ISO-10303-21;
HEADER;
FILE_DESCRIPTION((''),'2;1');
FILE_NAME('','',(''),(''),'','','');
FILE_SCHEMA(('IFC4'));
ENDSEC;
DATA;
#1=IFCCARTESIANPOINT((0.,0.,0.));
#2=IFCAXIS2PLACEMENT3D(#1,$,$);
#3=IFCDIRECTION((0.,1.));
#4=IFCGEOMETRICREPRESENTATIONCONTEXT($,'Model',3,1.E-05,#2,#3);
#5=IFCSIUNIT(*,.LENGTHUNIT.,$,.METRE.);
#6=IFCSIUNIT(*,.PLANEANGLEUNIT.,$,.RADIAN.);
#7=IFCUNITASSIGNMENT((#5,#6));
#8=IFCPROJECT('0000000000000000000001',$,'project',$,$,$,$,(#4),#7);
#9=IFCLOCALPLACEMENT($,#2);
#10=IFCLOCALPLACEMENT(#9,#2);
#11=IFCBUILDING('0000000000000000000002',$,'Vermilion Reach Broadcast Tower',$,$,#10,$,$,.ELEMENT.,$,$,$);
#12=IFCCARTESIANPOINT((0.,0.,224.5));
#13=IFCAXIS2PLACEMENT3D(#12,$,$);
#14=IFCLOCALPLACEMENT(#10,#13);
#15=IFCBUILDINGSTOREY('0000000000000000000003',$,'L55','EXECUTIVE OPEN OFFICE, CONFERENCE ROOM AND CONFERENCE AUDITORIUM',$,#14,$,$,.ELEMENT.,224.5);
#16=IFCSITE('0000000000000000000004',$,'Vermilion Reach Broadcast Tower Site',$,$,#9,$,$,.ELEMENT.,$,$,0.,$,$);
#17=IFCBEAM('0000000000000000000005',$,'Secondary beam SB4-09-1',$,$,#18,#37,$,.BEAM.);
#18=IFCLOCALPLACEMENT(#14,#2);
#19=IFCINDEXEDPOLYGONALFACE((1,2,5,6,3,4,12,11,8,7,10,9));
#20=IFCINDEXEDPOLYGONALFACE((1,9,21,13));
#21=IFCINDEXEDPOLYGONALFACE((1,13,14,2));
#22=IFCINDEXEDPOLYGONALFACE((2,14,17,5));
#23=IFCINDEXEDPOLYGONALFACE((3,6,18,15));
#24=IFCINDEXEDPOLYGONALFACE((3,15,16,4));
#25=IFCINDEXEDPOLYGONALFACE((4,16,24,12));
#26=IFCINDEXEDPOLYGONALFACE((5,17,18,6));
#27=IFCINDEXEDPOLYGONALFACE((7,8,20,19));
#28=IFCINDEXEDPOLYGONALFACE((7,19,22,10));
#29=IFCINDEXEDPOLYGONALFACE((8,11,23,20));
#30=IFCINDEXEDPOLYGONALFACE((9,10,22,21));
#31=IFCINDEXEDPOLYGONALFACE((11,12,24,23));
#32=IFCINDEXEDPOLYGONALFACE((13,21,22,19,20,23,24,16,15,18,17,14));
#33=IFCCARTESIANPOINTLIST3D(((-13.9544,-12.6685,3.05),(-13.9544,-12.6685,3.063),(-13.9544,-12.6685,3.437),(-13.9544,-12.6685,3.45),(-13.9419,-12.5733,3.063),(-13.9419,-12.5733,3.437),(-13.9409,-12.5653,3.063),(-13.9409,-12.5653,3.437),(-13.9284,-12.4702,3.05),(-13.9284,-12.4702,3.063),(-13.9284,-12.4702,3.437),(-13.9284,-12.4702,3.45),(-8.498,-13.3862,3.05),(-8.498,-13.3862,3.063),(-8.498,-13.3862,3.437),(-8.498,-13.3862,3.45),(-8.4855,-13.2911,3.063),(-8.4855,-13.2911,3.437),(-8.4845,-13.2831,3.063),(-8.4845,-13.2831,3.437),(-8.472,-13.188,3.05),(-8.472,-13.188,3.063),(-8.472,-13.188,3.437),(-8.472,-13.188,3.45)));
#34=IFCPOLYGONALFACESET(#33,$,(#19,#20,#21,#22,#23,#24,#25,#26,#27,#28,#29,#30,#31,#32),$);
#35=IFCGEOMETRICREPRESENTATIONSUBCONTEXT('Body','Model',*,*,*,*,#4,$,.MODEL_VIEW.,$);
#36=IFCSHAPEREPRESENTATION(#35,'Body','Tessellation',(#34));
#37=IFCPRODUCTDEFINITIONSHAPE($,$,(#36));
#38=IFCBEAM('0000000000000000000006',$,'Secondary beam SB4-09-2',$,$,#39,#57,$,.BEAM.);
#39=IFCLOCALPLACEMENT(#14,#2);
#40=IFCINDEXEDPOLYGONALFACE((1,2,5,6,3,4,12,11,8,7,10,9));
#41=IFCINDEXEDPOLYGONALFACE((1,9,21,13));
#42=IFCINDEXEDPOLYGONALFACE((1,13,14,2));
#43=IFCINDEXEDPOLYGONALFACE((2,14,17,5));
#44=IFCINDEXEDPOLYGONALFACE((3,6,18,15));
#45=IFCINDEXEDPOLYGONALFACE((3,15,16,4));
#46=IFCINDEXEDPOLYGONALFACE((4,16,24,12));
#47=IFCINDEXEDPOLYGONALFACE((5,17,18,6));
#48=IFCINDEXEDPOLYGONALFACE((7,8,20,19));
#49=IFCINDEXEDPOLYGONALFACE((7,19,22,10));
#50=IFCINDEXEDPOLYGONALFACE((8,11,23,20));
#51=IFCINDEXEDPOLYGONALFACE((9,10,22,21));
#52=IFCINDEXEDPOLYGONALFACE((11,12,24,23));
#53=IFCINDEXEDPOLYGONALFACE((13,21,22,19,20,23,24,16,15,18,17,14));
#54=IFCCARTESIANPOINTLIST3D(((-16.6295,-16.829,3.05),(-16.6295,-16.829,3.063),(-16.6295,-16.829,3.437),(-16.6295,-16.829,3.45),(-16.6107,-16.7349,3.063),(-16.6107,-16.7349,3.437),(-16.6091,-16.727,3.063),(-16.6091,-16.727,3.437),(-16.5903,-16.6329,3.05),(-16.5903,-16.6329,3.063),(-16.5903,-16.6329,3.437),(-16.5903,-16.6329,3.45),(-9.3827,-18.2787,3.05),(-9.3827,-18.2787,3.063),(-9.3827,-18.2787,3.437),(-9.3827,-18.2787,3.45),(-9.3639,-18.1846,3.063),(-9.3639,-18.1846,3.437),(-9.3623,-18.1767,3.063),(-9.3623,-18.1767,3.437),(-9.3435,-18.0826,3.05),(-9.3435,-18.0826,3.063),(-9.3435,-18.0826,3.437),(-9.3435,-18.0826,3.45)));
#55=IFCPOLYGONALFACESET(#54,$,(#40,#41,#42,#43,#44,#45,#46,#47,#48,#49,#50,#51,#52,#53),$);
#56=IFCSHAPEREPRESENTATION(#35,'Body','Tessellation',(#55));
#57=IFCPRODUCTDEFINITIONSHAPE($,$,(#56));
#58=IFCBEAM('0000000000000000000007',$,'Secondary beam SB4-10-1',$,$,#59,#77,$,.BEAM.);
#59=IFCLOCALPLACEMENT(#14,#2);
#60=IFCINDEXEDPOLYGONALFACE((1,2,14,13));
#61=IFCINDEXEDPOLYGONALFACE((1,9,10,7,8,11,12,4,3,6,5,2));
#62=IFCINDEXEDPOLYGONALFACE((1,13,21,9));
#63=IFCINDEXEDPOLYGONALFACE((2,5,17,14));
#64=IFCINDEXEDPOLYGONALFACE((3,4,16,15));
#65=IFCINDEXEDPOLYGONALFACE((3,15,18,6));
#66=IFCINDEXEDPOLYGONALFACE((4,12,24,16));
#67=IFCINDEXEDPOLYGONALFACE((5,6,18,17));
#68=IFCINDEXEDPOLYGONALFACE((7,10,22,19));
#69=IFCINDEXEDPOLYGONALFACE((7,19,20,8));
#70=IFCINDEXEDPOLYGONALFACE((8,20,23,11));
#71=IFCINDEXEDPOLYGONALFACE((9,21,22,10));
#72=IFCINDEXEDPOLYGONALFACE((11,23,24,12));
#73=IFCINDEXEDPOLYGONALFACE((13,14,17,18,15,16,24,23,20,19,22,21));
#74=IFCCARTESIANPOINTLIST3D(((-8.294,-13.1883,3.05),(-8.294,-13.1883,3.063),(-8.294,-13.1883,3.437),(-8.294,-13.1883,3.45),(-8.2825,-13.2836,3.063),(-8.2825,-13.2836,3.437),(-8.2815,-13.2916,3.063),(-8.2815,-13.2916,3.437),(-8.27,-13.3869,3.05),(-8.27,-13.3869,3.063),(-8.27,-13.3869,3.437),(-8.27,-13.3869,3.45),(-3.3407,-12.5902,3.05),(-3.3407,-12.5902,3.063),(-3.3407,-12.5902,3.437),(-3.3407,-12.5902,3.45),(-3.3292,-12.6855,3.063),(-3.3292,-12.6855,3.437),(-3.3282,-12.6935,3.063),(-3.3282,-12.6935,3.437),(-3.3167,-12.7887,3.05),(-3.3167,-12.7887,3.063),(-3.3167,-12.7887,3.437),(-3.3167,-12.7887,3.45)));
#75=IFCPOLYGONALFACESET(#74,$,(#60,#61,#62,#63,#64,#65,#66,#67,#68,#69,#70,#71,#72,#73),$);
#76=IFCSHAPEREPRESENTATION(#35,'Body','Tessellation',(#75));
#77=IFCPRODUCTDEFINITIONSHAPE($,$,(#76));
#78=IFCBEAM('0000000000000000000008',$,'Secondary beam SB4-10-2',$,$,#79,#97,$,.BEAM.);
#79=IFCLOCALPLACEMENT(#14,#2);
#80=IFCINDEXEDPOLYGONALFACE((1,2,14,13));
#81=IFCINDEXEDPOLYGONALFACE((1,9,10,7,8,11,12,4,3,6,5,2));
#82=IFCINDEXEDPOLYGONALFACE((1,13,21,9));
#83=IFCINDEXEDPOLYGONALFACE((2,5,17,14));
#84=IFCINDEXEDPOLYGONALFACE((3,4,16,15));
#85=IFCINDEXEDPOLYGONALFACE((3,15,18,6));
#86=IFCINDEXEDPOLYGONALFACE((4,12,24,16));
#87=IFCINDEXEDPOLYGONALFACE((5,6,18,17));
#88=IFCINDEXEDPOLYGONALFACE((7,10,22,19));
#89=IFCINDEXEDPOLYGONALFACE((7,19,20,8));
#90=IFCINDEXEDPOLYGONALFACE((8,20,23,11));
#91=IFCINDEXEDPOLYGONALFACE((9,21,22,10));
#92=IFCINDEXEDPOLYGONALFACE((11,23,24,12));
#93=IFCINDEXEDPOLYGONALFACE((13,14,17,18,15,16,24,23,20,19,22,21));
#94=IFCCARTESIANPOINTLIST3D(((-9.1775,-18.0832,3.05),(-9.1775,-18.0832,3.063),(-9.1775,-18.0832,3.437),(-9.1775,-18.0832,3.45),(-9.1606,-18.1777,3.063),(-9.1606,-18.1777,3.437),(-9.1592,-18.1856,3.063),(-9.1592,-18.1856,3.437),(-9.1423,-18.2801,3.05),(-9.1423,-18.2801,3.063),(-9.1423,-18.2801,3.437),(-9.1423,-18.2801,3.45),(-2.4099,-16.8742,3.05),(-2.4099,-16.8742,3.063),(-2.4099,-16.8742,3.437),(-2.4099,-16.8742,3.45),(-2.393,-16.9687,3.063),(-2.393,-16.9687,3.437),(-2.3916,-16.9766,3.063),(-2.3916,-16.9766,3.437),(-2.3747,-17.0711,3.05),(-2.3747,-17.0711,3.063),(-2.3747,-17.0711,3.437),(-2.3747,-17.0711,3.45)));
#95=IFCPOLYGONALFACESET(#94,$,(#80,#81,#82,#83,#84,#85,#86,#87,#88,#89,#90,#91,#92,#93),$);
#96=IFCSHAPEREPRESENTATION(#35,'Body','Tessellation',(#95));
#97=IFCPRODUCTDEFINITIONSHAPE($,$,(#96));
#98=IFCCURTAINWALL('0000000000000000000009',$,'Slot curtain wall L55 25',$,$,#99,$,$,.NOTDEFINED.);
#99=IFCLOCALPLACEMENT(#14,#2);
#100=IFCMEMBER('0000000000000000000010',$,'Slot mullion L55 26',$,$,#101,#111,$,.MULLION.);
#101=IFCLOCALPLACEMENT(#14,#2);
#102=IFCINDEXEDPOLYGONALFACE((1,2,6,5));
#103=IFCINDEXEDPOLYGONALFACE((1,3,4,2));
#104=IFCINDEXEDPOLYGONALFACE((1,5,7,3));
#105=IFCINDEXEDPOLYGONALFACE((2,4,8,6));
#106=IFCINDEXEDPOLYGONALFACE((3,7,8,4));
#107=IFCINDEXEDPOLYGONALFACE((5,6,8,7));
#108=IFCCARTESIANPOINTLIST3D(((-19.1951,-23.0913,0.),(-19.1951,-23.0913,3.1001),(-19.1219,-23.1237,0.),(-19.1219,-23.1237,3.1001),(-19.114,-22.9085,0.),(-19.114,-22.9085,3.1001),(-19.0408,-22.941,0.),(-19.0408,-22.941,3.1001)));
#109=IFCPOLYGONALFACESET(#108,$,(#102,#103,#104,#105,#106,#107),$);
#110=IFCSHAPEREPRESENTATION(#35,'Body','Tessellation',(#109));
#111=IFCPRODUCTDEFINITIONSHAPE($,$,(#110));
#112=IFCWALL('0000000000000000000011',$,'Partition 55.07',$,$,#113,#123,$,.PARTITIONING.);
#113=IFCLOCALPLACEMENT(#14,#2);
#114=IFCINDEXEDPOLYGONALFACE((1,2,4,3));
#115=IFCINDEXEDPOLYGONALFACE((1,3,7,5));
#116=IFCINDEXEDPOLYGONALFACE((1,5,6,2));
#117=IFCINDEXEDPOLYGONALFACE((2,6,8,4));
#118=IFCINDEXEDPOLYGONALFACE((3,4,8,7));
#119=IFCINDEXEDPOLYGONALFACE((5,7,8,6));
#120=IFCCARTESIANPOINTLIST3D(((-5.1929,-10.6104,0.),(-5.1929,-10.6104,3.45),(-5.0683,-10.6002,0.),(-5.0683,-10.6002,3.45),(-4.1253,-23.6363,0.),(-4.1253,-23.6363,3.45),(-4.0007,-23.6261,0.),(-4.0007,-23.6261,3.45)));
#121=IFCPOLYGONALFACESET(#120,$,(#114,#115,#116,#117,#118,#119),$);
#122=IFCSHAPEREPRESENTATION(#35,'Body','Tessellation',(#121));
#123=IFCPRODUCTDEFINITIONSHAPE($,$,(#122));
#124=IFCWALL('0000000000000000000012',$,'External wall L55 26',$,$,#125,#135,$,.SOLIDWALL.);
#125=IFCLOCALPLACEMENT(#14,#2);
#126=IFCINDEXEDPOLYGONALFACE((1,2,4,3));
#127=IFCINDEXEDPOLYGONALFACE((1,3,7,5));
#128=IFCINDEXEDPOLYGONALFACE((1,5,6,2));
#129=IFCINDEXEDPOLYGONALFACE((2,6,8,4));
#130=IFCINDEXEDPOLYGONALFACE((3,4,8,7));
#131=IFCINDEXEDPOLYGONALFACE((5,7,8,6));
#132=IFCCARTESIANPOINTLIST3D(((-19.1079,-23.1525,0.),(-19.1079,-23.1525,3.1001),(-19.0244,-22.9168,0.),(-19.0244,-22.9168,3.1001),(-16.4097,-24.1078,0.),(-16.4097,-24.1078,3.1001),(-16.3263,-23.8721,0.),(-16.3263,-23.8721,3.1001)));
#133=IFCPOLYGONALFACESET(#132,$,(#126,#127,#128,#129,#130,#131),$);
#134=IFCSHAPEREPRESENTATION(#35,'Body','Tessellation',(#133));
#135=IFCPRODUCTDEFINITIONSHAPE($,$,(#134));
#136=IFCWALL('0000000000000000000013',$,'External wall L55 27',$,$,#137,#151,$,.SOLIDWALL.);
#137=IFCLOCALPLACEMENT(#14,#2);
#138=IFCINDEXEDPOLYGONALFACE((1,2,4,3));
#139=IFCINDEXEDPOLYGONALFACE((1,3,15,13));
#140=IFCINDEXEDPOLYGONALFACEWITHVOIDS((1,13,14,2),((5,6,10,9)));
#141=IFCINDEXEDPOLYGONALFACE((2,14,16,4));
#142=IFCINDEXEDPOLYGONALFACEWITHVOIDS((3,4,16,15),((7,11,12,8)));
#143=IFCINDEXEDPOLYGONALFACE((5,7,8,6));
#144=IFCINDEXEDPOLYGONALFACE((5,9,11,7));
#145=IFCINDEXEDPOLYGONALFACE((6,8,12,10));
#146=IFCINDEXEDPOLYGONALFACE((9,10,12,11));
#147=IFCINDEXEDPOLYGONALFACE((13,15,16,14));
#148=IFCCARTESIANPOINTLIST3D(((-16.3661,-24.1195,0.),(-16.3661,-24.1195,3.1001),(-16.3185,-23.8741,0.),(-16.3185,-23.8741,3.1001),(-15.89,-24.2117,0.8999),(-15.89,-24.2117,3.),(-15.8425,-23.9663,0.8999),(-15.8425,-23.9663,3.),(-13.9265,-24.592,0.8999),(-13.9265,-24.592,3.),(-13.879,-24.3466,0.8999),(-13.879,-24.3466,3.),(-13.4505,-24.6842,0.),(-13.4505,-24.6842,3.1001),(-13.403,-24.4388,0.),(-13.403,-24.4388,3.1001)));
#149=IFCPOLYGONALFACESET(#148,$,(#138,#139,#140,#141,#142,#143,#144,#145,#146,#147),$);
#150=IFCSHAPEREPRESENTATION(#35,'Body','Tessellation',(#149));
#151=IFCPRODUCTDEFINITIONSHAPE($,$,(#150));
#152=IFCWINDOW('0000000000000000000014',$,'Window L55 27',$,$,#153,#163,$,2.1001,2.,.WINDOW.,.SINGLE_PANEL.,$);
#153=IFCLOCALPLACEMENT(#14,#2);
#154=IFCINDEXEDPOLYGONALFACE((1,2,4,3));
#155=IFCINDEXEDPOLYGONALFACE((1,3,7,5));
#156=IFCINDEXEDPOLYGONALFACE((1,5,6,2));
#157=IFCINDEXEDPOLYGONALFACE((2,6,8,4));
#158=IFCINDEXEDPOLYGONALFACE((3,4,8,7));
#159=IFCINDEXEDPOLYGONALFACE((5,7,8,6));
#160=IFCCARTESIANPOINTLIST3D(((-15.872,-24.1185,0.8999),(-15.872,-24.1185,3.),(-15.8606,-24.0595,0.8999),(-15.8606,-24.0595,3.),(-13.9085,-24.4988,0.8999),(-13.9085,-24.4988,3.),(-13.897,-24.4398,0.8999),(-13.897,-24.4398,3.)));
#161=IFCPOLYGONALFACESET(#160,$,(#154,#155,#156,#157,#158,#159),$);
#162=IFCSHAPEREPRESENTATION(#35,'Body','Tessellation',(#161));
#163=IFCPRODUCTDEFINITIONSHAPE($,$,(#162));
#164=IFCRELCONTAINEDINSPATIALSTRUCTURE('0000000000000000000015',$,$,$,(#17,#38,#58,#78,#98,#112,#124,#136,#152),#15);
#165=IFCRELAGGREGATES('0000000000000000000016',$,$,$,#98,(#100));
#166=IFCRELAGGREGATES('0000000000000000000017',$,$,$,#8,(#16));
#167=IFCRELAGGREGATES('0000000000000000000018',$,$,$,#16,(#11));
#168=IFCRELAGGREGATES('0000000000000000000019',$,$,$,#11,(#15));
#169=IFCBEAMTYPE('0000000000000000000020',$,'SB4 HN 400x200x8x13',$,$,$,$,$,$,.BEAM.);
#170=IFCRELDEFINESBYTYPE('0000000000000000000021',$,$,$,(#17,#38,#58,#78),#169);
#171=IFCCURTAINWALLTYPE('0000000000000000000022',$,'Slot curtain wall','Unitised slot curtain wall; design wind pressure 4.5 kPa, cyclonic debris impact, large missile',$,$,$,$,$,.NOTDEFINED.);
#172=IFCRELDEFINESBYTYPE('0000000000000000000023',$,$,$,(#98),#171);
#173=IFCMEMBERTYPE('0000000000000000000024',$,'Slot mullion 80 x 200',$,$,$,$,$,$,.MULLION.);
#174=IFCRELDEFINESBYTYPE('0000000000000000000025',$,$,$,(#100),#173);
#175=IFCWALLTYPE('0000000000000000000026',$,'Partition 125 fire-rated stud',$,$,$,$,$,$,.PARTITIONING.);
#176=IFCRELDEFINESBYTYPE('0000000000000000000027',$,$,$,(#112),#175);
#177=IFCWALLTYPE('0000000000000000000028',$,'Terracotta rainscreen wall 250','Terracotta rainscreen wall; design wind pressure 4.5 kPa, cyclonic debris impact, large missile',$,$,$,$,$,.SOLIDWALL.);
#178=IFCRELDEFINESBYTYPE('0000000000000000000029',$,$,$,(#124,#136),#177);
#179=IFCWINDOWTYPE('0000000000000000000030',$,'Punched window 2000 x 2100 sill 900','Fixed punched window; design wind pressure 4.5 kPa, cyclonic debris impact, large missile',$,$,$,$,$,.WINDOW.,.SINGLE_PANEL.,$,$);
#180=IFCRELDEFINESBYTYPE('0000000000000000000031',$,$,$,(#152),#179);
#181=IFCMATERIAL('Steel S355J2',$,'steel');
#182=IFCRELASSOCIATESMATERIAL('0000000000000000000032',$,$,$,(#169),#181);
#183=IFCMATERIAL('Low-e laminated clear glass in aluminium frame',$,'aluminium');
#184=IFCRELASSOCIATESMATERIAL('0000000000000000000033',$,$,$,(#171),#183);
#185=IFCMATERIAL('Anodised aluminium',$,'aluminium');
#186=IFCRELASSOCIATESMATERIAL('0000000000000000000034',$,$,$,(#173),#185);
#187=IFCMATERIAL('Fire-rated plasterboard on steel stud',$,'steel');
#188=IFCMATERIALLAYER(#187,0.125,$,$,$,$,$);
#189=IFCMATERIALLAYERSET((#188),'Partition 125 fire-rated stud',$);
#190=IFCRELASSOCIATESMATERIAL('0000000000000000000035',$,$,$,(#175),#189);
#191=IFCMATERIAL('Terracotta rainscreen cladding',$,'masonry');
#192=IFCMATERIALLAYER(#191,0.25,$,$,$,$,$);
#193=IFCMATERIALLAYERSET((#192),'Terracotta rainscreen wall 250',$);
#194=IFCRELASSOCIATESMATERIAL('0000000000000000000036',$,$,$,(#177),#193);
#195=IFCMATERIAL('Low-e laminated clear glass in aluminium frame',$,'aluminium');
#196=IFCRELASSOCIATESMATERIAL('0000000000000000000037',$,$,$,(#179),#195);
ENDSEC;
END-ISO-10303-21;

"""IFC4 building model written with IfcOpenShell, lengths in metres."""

from ifc_helpers import new_model, si_unit, direction, frame, frame_2d, origin, origin_2d, place, context, subcontext, project, spatial, rectangle, i_section, extrude, material, layer, layer_set, material_profile, profile_set, type_object, element, fill, aggregate, save


model = new_model("IFC4")

# Units and contexts
model_context = context("Model", 3, precision=1e-05, world=origin(), true_north=direction((0.0, 1.0)))
body_context = subcontext(model_context, "Body", "Model", "MODEL_VIEW")
ifc_project = project(units=[si_unit("LENGTHUNIT", "METRE"), si_unit("PLANEANGLEUNIT", "RADIAN")], contexts=[model_context])

# Site, building, storey
site_placement = place(None, origin())
site = spatial("IfcSite", under=ifc_project, at=site_placement, Name="Vermilion Reach Broadcast Tower Site", CompositionType="ELEMENT", RefElevation=0.0)
building_placement = place(site_placement, origin())
building = spatial("IfcBuilding", under=site, at=building_placement, Name="Vermilion Reach Broadcast Tower", CompositionType="ELEMENT")
storey_placement = place(building_placement, frame((0.0, 0.0, 224.5)))
storey = spatial("IfcBuildingStorey", under=building, at=storey_placement, Name="L55", Description="EXECUTIVE OPEN OFFICE, CONFERENCE ROOM AND CONFERENCE AUDITORIUM", CompositionType="ELEMENT", Elevation=224.5)

# Beams
ifc_material_1 = material(Name="Steel S355J2", Category="steel")
ifc_material_profile_1 = material_profile(ifc_material_1, i_section(OverallWidth=0.2, OverallDepth=0.3999, WebThickness=0.0081, FlangeThickness=0.0129, at=origin_2d()), Name="S355J2 HN 400x200x8x13")
ifc_profile_set_1 = profile_set([ifc_material_profile_1], Name="Steel S355J2")
beam_type_1 = type_object("IfcBeamType", Name="SB4 HN 400x200x8x13", PredefinedType="BEAM", material=ifc_profile_set_1)
beam_1_placement = place(storey_placement, frame((-13.9414, -12.5693, 3.25), z_axis=(0.991458, -0.130426, 0.0), x_axis=(0.130426, 0.991458, 0.0)))
element("IfcBeam", 1, at=beam_1_placement, inside=storey, type_object=beam_type_1, Name="Secondary beam SB4-09-1", PredefinedType="BEAM", context=body_context, shape_type="SweptSolid", body=[
    extrude(i_section(OverallWidth=0.2, OverallDepth=0.3999, WebThickness=0.0081, FlangeThickness=0.0129, at=origin_2d()), origin(), (0.0, 0.0, 1.0), 5.5034),
])
beam_2_placement = place(storey_placement, frame((-16.6099, -16.731, 3.25), z_axis=(0.980572, -0.196161, 0.0), x_axis=(0.196161, 0.980572, 0.0)))
element("IfcBeam", 2, at=beam_2_placement, inside=storey, type_object=beam_type_1, Name="Secondary beam SB4-09-2", PredefinedType="BEAM", context=body_context, shape_type="SweptSolid", body=[
    extrude(i_section(OverallWidth=0.2, OverallDepth=0.3999, WebThickness=0.0081, FlangeThickness=0.0129, at=origin_2d()), origin(), (0.0, 0.0, 1.0), 7.3904),
])
beam_3_placement = place(storey_placement, frame((-8.282, -13.2876, 3.25), z_axis=(0.992788, 0.119884, 0.0), x_axis=(-0.119884, 0.992788, 0.0)))
element("IfcBeam", 3, at=beam_3_placement, inside=storey, type_object=beam_type_1, Name="Secondary beam SB4-10-1", PredefinedType="BEAM", context=body_context, shape_type="SweptSolid", body=[
    extrude(i_section(OverallWidth=0.2, OverallDepth=0.3999, WebThickness=0.0081, FlangeThickness=0.0129, at=origin_2d()), origin(), (0.0, 0.0, 1.0), 4.9893),
])
beam_4_placement = place(storey_placement, frame((-9.1599, -18.1816, 3.25), z_axis=(0.984415, 0.175859, 0.0), x_axis=(-0.175859, 0.984415, 0.0)))
element("IfcBeam", 4, at=beam_4_placement, inside=storey, type_object=beam_type_1, Name="Secondary beam SB4-10-2", PredefinedType="BEAM", context=body_context, shape_type="SweptSolid", body=[
    extrude(i_section(OverallWidth=0.2, OverallDepth=0.3999, WebThickness=0.0081, FlangeThickness=0.0129, at=origin_2d()), origin(), (0.0, 0.0, 1.0), 6.8748),
])

# Curtain wall, member
ifc_material_2 = material(Name="Low-e laminated clear glass in aluminium frame", Category="aluminium")
curtain_wall_type = type_object("IfcCurtainWallType", Name="Slot curtain wall", Description="Unitised slot curtain wall; design wind pressure 4.5 kPa, cyclonic debris impact, large missile", PredefinedType="NOTDEFINED", material=ifc_material_2)
curtain_wall_placement = place(storey_placement, origin())
curtain_wall = element("IfcCurtainWall", 5, at=curtain_wall_placement, inside=storey, type_object=curtain_wall_type, Name="Slot curtain wall L55 25", PredefinedType="NOTDEFINED")
ifc_material_3 = material(Name="Anodised aluminium", Category="aluminium")
ifc_material_profile_2 = material_profile(ifc_material_3, rectangle(XDim=0.2, YDim=0.0801, at=origin_2d()), Name="Slot mullion 80 x 200")
ifc_profile_set_2 = profile_set([ifc_material_profile_2], Name="Anodised aluminium")
member_type = type_object("IfcMemberType", Name="Slot mullion 80 x 200", PredefinedType="MULLION", material=ifc_profile_set_2)
member_placement = place(storey_placement, frame((-19.1179, -23.0161, 0.0), z_axis=(0.0, 0.0, 1.0), x_axis=(0.405565, 0.914066, 0.0)))
member = element("IfcMember", 6, at=member_placement, type_object=member_type, Name="Slot mullion L55 26", PredefinedType="MULLION", context=body_context, shape_type="SweptSolid", body=[
    extrude(rectangle(XDim=0.2, YDim=0.0801, at=origin_2d()), origin(), (0.0, 0.0, 1.0), 3.1001),
])
aggregate(curtain_wall, [member])

# Walls
ifc_material_4 = material(Name="Fire-rated plasterboard on steel stud", Category="steel")
ifc_layer_1 = layer(ifc_material_4, 0.125)
ifc_layer_set_1 = layer_set([ifc_layer_1], Name="Partition 125 fire-rated stud")
wall_type_1 = type_object("IfcWallType", Name="Partition 125 fire-rated stud", PredefinedType="PARTITIONING", material=ifc_layer_set_1)
wall_1_placement = place(storey_placement, frame((-4.063, -23.6311, 0.0), z_axis=(0.0, 0.0, 1.0), x_axis=(-0.081688, 0.996658, 0.0)))
element("IfcWall", 7, at=wall_1_placement, inside=storey, type_object=wall_type_1, Name="Partition 55.07", PredefinedType="PARTITIONING", context=body_context, shape_type="SweptSolid", body=[
    extrude(rectangle(XDim=13.0696, YDim=0.125, at=frame_2d((6.5347, 0.0))), origin(), (0.0, 0.0, 1.0), 3.45),
])
ifc_material_5 = material(Name="Terracotta rainscreen cladding", Category="masonry")
ifc_layer_2 = layer(ifc_material_5, 0.25)
ifc_layer_set_2 = layer_set([ifc_layer_2], Name="Terracotta rainscreen wall 250")
wall_type_2 = type_object("IfcWallType", Name="Terracotta rainscreen wall 250", Description="Terracotta rainscreen wall; design wind pressure 4.5 kPa, cyclonic debris impact, large missile", PredefinedType="SOLIDWALL", material=ifc_layer_set_2)
wall_2_placement = place(storey_placement, frame((-19.0662, -23.0347, 0.0), z_axis=(0.0, 0.0, 1.0), x_axis=(0.942661, -0.333752, 0.0)))
element("IfcWall", 8, at=wall_2_placement, inside=storey, type_object=wall_type_2, Name="External wall L55 26", PredefinedType="SOLIDWALL", context=body_context, shape_type="SweptSolid", body=[
    extrude(rectangle(XDim=2.8623, YDim=0.25, at=frame_2d((1.4312, 0.0))), origin(), (0.0, 0.0, 1.0), 3.1001),
])

# Wall, opening, window
wall_3_placement = place(storey_placement, frame((-16.3423, -23.9968, 0.0), z_axis=(0.0, 0.0, 1.0), x_axis=(0.981755, -0.190152, 0.0)))
wall_3 = element("IfcWall", 9, at=wall_3_placement, inside=storey, type_object=wall_type_2, Name="External wall L55 27", PredefinedType="SOLIDWALL", context=body_context, shape_type="SweptSolid", body=[
    extrude(rectangle(XDim=2.9697, YDim=0.25, at=frame_2d((1.4849, 0.0))), origin(), (0.0, 0.0, 1.0), 3.1001),
])
opening_1_placement = place(wall_3_placement, frame((0.4849, 0.0, 0.8999)))
opening_1 = element("IfcOpeningElement", 10, at=opening_1_placement, cuts=wall_3, PredefinedType="OPENING", context=body_context, shape_type="SweptSolid", body=[
    extrude(rectangle(XDim=2.0, YDim=2.1001, at=frame_2d((1.0, 1.05))), frame((0.0, 0.135, 0.0), z_axis=(0.0, -1.0, 0.0), x_axis=(1.0, 0.0, 0.0)), (0.0, 0.0, 1.0), 0.27),
])
ifc_material_6 = material(Name="Low-e laminated clear glass in aluminium frame", Category="aluminium")
window_type = type_object("IfcWindowType", Name="Punched window 2000 x 2100 sill 900", Description="Fixed punched window; design wind pressure 4.5 kPa, cyclonic debris impact, large missile", PartitioningType="SINGLE_PANEL", PredefinedType="WINDOW", material=ifc_material_6)
window_1_placement = place(opening_1_placement, origin())
window_1 = element("IfcWindow", 11, at=window_1_placement, inside=storey, type_object=window_type, Name="Window L55 27", OverallHeight=2.1001, OverallWidth=2.0, PartitioningType="SINGLE_PANEL", PredefinedType="WINDOW", context=body_context, shape_type="SweptSolid", body=[
    extrude(rectangle(XDim=2.0, YDim=2.1001, at=frame_2d((1.0, 1.05))), frame((0.0, 0.03, 0.0), z_axis=(0.0, -1.0, 0.0), x_axis=(1.0, 0.0, 0.0)), (0.0, 0.0, 1.0), 0.0601),
])
fill(opening_1, window_1)

save(model, "model.ifc")
